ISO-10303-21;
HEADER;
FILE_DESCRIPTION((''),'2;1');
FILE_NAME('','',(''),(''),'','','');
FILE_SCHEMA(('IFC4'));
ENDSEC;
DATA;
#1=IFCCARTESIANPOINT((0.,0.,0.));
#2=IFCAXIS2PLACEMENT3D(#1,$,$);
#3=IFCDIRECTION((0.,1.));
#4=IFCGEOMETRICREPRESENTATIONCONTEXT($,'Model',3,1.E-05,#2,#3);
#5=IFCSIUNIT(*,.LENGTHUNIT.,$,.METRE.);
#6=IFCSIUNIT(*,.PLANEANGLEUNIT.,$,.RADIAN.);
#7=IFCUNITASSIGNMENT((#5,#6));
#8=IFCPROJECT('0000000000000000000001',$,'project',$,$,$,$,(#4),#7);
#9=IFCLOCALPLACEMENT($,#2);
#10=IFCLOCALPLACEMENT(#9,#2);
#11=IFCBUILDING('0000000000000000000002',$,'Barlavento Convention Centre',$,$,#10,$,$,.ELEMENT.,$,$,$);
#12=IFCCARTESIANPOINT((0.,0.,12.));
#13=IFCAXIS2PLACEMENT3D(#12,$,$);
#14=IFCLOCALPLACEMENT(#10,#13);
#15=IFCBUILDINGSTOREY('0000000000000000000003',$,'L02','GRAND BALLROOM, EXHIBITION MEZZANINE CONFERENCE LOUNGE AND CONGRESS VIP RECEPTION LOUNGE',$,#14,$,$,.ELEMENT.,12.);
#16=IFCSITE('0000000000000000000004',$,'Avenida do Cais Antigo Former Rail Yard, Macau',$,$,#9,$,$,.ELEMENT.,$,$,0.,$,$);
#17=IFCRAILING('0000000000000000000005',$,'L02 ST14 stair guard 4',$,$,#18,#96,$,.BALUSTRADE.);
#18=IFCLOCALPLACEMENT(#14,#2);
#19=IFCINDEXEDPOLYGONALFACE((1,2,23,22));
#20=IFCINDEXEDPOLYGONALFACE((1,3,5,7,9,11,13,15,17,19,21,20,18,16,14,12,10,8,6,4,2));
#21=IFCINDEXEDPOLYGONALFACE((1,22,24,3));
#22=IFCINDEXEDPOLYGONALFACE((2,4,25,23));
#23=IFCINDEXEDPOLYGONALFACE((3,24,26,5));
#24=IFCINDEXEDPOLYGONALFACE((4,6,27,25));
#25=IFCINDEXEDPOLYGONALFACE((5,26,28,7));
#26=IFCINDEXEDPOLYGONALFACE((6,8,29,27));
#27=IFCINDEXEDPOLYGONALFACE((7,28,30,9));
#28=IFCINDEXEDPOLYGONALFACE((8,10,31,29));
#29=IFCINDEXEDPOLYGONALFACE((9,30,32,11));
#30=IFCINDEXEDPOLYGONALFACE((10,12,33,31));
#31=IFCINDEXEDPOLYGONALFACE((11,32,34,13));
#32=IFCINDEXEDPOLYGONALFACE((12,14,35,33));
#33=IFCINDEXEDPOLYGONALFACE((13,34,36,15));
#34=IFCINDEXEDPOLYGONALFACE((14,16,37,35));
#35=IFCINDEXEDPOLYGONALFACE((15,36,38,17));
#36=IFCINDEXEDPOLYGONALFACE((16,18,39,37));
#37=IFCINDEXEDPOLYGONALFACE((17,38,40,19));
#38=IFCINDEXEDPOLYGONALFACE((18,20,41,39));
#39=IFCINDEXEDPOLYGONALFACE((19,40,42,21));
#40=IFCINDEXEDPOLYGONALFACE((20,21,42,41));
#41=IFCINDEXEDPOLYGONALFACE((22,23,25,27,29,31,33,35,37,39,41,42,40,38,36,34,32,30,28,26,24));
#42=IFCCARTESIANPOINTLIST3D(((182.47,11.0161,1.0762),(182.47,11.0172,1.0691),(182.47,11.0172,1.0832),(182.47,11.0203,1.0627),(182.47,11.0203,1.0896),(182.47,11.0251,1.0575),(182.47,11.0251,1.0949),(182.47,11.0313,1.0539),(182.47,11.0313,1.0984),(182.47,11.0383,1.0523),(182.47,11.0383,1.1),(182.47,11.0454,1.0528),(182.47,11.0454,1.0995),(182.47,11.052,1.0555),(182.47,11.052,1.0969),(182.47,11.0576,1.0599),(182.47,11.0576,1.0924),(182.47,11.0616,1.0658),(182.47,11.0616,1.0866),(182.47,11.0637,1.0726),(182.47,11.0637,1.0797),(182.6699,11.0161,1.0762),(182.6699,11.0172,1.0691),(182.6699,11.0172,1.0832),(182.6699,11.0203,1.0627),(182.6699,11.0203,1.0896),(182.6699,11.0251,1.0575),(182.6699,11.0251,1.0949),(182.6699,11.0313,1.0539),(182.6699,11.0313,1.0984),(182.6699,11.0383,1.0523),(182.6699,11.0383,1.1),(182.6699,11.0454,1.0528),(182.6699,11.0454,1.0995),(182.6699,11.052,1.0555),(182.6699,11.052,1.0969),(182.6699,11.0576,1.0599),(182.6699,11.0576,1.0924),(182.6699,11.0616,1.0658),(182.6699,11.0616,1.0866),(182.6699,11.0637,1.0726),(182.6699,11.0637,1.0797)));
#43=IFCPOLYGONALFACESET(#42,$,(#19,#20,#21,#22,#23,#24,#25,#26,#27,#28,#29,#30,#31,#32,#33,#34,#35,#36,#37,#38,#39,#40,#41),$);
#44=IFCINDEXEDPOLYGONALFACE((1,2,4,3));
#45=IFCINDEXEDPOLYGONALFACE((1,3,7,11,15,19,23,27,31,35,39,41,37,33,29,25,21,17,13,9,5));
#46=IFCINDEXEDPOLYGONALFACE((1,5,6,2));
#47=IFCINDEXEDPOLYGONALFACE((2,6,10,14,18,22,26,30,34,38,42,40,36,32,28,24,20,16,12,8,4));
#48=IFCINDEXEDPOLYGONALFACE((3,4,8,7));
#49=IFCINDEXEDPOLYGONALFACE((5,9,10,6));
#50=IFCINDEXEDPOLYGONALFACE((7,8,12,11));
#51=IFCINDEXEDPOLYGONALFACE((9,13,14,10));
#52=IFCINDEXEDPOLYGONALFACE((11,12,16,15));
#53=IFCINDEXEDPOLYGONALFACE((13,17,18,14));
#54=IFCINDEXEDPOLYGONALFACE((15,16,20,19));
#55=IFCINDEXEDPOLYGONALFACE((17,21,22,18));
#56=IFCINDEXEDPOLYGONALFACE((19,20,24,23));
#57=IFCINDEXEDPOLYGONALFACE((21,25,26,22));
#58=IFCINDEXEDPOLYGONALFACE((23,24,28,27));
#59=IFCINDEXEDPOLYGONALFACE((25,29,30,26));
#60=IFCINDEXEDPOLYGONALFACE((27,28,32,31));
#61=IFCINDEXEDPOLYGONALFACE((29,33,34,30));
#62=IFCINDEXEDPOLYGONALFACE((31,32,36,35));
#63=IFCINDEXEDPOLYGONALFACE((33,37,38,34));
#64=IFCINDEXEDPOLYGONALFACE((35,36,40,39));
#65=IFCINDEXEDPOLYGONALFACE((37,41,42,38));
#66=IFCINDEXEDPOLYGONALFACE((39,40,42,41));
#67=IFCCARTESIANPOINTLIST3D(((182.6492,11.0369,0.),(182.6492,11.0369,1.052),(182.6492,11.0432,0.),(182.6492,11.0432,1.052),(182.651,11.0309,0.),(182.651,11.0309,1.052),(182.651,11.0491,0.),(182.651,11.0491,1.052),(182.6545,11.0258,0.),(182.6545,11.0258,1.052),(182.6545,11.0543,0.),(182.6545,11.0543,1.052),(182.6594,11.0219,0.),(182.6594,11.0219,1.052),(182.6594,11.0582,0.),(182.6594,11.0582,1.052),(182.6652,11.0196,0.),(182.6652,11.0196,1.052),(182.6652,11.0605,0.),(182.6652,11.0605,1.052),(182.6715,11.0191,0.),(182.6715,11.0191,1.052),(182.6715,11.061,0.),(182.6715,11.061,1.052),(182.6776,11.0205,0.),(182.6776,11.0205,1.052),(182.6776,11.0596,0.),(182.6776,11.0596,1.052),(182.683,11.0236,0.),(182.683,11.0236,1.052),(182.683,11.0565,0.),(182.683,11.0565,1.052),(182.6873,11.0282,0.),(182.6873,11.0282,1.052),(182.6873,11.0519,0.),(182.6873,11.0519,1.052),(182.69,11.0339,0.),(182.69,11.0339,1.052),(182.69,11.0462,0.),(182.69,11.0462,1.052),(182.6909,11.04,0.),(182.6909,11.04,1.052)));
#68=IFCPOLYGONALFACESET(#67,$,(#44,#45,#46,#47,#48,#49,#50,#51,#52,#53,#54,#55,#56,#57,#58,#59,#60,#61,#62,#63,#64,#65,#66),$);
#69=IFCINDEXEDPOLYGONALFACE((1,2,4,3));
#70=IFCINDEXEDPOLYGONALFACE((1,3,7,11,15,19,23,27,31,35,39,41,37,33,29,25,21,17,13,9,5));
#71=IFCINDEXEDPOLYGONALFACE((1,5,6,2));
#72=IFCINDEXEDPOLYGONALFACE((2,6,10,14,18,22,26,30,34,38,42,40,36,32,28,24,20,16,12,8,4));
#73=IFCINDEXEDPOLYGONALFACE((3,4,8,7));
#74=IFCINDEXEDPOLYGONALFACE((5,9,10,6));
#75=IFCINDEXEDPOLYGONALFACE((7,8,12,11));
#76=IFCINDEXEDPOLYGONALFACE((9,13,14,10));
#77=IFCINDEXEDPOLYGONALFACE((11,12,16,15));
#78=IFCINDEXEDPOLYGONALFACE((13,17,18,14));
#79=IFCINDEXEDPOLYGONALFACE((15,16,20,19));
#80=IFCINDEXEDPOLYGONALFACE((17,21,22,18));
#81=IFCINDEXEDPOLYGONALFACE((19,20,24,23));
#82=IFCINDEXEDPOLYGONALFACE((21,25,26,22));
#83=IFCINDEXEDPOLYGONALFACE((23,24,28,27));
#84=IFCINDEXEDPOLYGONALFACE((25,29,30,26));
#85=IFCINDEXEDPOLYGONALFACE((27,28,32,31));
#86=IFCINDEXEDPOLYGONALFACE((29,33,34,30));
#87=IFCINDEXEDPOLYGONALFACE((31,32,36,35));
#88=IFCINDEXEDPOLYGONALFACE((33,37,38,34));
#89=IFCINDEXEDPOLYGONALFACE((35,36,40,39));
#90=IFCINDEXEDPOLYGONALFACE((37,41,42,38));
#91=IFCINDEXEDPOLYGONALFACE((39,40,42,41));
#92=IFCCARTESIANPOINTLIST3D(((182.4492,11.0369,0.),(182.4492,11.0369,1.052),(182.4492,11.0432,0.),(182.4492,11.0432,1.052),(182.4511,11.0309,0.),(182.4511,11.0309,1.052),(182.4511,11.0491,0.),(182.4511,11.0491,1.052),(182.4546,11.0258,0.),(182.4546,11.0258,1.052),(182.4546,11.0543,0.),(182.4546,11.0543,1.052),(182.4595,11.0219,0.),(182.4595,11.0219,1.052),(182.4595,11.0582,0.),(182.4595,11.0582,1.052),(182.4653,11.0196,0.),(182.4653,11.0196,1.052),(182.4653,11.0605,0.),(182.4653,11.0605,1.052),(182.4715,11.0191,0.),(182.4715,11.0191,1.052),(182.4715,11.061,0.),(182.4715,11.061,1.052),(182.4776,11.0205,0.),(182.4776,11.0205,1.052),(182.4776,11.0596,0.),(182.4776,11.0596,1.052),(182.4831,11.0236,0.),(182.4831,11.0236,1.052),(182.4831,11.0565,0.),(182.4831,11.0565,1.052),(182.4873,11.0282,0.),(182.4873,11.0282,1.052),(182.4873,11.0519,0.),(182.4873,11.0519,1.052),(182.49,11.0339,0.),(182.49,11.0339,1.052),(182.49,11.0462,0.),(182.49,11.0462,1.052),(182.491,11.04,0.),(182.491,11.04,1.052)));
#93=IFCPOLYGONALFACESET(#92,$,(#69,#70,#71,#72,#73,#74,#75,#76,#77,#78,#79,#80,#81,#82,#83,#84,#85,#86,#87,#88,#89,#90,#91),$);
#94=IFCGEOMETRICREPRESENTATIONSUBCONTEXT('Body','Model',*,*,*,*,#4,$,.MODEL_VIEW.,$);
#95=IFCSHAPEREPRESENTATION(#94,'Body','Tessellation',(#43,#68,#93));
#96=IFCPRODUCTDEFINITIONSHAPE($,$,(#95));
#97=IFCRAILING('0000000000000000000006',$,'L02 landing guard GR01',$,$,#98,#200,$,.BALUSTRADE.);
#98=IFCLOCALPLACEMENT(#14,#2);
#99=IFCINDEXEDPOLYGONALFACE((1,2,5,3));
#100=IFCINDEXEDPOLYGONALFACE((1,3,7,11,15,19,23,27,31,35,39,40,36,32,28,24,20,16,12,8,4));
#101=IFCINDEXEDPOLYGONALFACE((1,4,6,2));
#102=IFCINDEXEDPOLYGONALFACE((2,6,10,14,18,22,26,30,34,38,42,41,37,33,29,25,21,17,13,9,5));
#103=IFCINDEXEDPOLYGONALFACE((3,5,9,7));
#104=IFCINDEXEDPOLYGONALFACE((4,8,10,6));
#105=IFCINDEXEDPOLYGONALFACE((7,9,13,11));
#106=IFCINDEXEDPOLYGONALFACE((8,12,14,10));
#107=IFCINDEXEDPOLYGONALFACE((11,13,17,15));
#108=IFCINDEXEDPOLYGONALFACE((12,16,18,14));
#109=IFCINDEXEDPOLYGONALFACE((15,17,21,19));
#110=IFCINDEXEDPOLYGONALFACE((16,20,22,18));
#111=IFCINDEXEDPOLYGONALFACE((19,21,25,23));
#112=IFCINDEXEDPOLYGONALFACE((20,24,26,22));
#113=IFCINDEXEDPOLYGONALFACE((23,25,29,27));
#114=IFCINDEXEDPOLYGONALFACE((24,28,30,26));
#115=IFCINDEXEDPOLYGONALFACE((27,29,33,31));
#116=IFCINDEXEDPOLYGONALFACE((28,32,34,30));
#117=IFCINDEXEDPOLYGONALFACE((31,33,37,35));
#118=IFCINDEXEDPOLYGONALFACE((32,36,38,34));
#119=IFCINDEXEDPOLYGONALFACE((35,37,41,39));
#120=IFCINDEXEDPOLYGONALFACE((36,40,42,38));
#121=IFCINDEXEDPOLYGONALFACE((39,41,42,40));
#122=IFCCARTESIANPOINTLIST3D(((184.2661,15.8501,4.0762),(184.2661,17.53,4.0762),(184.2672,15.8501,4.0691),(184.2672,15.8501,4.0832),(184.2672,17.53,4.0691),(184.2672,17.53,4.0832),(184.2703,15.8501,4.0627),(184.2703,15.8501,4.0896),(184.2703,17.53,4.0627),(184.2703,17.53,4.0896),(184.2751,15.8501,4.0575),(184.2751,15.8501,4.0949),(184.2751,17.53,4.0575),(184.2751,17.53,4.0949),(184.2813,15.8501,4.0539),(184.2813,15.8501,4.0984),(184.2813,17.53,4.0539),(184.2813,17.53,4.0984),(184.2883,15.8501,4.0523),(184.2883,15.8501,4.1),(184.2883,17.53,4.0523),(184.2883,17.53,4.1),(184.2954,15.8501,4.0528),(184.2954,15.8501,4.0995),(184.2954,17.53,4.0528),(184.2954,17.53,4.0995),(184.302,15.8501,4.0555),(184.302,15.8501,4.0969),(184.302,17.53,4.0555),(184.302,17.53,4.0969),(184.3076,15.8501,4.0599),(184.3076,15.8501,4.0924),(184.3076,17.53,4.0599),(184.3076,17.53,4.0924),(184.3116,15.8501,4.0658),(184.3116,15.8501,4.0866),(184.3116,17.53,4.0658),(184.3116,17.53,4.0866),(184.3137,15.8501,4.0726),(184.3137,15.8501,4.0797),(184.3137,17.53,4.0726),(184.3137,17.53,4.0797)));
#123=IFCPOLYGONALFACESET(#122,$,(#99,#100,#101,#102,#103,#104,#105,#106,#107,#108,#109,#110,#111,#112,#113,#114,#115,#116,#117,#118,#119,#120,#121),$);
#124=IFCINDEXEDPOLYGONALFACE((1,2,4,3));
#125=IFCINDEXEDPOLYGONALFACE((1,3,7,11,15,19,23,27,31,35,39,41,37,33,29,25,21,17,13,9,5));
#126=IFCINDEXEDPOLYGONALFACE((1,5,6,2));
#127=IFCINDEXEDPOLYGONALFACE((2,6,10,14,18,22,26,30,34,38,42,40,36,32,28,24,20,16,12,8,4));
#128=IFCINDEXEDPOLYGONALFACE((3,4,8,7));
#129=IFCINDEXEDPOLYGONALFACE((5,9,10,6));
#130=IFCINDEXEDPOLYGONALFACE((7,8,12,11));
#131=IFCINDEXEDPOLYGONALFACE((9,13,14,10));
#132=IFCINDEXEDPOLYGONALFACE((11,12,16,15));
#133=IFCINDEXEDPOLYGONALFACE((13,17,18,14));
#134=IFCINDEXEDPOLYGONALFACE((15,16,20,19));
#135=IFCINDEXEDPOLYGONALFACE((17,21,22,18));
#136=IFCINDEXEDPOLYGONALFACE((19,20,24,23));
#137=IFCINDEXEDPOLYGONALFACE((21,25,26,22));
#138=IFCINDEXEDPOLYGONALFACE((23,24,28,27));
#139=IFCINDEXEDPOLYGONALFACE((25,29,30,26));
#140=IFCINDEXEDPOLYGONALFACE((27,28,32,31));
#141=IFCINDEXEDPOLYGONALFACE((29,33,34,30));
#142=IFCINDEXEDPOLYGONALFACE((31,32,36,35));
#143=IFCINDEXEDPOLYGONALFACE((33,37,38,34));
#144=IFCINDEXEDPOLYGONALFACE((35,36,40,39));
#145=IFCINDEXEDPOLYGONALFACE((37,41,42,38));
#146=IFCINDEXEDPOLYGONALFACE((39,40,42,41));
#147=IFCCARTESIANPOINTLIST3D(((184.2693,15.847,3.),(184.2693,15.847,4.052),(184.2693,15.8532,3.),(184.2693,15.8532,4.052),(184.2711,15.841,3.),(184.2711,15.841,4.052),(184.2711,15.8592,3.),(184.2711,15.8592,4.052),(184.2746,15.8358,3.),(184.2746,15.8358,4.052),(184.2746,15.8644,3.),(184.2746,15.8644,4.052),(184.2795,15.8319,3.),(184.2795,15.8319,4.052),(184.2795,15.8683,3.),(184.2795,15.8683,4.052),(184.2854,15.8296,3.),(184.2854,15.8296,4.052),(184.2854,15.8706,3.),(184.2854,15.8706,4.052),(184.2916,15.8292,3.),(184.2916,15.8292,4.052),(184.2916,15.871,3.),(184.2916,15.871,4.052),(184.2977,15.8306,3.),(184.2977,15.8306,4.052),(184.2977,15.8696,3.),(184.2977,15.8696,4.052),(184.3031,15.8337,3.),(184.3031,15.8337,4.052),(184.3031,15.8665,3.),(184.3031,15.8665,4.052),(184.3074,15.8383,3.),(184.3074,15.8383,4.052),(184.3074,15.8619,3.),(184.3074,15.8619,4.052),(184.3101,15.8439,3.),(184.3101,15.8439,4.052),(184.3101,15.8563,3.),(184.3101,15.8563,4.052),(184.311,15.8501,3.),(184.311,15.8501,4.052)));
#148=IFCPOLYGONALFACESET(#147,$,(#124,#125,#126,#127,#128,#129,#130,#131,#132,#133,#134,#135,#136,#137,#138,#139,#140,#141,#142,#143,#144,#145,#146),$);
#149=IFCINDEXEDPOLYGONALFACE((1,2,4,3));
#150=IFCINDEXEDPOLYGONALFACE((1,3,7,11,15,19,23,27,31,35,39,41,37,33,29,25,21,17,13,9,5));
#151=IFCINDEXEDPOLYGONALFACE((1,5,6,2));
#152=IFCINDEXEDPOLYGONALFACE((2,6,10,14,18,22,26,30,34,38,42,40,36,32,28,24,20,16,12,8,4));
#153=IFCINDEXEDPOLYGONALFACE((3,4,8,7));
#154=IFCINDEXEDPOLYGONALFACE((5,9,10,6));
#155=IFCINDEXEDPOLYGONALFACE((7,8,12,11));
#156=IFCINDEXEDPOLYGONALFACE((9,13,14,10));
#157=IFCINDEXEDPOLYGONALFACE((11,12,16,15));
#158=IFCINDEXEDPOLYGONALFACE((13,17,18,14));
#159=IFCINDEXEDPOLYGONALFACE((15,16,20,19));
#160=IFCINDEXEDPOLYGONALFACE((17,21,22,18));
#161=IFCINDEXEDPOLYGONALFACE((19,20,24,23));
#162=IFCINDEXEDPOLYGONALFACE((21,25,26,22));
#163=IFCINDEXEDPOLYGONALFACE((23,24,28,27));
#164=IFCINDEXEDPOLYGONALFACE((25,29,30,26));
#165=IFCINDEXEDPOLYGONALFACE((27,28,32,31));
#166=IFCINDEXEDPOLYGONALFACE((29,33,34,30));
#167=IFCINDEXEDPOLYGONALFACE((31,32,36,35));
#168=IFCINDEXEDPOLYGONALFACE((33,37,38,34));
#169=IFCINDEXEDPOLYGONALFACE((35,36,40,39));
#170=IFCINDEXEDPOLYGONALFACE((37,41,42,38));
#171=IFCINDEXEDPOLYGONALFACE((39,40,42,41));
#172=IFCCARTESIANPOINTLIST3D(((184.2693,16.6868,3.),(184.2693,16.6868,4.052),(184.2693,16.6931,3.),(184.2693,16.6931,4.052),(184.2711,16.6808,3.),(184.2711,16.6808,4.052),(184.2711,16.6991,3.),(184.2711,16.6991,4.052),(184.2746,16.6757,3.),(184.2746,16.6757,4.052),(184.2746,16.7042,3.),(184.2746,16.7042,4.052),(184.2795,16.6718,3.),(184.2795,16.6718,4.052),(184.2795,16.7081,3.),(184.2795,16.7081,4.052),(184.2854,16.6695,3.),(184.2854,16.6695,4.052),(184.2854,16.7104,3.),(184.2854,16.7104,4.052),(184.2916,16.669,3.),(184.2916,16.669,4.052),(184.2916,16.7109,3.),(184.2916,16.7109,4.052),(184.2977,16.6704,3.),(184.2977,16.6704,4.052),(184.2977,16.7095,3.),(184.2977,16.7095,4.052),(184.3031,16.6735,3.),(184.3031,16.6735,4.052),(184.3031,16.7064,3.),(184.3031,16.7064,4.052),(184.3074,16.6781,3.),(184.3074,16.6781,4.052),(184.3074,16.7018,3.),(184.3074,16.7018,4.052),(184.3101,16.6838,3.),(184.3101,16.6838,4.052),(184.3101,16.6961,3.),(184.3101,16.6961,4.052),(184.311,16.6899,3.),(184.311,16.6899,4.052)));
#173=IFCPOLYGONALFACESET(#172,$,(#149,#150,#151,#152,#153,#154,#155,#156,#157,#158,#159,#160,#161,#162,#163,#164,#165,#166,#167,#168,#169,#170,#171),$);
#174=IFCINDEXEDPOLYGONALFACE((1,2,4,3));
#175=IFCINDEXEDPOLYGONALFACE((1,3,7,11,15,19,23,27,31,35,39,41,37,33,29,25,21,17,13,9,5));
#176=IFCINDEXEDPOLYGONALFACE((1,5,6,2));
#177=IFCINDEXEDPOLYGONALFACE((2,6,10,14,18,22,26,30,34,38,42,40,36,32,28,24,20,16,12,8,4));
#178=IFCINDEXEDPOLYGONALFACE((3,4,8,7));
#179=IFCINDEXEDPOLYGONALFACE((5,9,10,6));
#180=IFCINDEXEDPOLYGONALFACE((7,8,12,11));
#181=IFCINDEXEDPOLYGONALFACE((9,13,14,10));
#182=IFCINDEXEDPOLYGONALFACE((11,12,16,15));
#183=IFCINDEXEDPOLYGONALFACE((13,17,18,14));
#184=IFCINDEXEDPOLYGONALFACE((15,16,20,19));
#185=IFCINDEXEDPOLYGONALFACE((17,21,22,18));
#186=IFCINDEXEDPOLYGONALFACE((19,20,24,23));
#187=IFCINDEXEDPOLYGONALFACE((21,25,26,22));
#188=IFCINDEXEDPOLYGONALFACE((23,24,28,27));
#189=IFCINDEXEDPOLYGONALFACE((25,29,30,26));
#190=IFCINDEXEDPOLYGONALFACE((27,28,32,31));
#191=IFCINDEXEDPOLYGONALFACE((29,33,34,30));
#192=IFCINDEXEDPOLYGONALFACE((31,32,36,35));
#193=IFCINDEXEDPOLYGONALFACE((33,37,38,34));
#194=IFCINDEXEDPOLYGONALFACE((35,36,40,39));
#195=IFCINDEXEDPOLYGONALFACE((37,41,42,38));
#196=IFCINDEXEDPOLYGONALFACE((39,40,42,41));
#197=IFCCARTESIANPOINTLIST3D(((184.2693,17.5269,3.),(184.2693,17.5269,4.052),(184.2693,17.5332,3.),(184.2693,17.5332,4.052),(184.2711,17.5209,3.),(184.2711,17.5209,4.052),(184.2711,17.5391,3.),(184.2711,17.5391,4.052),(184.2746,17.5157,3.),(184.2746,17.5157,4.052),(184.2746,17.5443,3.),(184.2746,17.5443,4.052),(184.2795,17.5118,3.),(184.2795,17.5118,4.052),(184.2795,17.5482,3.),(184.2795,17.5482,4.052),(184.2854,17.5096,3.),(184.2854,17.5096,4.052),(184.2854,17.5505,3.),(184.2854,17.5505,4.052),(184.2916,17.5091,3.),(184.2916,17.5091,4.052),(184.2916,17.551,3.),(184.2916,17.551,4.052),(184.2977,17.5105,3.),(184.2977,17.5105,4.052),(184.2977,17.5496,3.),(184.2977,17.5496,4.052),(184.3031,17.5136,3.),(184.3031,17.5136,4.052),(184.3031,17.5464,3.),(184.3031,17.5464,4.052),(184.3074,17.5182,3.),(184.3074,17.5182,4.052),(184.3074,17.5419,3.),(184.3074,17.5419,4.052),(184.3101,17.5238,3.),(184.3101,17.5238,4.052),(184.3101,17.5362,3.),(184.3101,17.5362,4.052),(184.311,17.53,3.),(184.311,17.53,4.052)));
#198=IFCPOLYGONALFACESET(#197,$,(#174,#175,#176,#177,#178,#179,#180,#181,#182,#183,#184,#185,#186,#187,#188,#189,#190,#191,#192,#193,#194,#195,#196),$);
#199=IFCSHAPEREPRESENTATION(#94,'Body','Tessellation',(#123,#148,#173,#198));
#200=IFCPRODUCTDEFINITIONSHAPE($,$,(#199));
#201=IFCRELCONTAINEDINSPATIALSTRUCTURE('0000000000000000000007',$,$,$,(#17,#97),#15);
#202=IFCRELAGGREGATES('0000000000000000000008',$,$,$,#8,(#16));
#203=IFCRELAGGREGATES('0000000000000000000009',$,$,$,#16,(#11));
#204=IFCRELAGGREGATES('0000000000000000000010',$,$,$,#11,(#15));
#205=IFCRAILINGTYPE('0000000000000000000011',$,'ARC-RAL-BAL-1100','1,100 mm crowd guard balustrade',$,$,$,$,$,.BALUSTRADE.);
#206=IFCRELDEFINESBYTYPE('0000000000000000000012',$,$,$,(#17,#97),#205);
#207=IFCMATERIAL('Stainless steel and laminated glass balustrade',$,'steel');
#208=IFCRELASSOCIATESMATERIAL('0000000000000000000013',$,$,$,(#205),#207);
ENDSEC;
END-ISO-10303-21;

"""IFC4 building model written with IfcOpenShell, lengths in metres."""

from ifc_helpers import new_model, si_unit, direction, frame, origin, origin_2d, place, context, subcontext, project, spatial, circle, extrude, material, type_object, element, save


model = new_model("IFC4")

# Units and contexts
model_context = context("Model", 3, precision=1e-05, world=origin(), true_north=direction((0.0, 1.0)))
body_context = subcontext(model_context, "Body", "Model", "MODEL_VIEW")
ifc_project = project(units=[si_unit("LENGTHUNIT", "METRE"), si_unit("PLANEANGLEUNIT", "RADIAN")], contexts=[model_context])

# Site, building, storey
site_placement = place(None, origin())
site = spatial("IfcSite", under=ifc_project, at=site_placement, Name="Avenida do Cais Antigo Former Rail Yard, Macau", CompositionType="ELEMENT", RefElevation=0.0)
building_placement = place(site_placement, origin())
building = spatial("IfcBuilding", under=site, at=building_placement, Name="Barlavento Convention Centre", CompositionType="ELEMENT")
storey_placement = place(building_placement, frame((0.0, 0.0, 12.0)))
storey = spatial("IfcBuildingStorey", under=building, at=storey_placement, Name="L02", Description="GRAND BALLROOM, EXHIBITION MEZZANINE CONFERENCE LOUNGE AND CONGRESS VIP RECEPTION LOUNGE", CompositionType="ELEMENT", Elevation=12.0)

# Railings
ifc_material_1 = material(Name="Stainless steel and laminated glass balustrade", Category="steel")
railing_type_1 = type_object("IfcRailingType", Name="ARC-RAL-BAL-1100", Description="1,100 mm crowd guard balustrade", PredefinedType="BALUSTRADE", material=ifc_material_1)
railing_1_placement = place(storey_placement, frame((182.6699, 11.04, 0.0)))
element("IfcRailing", 1, at=railing_1_placement, inside=storey, type_object=railing_type_1, Name="L02 ST14 stair guard 4", PredefinedType="BALUSTRADE", context=body_context, shape_type="SweptSolid", body=[
    extrude(circle(Radius=0.0239, at=origin_2d()), frame((0.0, 0.0, 1.0762), z_axis=(-1.0, 0.0, 0.0), x_axis=(0.0, -1.0, 0.0)), (0.0, 0.0, 1.0), 0.2),
    extrude(circle(Radius=0.021, at=origin_2d()), origin(), (0.0, 0.0, 1.0), 1.052),
    extrude(circle(Radius=0.021, at=origin_2d()), frame((-0.2, 0.0, 0.0)), (0.0, 0.0, 1.0), 1.052),
])
for number, where, name in (
    (2, (184.29, 15.8501, 3.0), "L02 landing guard GR01"),
):
    element("IfcRailing", number, at=place(storey_placement, frame(where)), inside=storey, type_object=railing_type_1, Name=name, PredefinedType="BALUSTRADE", context=body_context, shape_type="SweptSolid", body=[
        extrude(circle(Radius=0.0239, at=origin_2d()), frame((0.0, 0.0, 1.0762), z_axis=(0.0, 1.0, 0.0), x_axis=(-1.0, 0.0, 0.0)), (0.0, 0.0, 1.0), 1.6799),
        extrude(circle(Radius=0.021, at=origin_2d()), origin(), (0.0, 0.0, 1.0), 1.052),
        extrude(circle(Radius=0.021, at=origin_2d()), frame((0.0, 0.8398, 0.0)), (0.0, 0.0, 1.0), 1.052),
        extrude(circle(Radius=0.021, at=origin_2d()), frame((0.0, 1.6799, 0.0)), (0.0, 0.0, 1.0), 1.052),
    ])

save(model, "model.ifc")
